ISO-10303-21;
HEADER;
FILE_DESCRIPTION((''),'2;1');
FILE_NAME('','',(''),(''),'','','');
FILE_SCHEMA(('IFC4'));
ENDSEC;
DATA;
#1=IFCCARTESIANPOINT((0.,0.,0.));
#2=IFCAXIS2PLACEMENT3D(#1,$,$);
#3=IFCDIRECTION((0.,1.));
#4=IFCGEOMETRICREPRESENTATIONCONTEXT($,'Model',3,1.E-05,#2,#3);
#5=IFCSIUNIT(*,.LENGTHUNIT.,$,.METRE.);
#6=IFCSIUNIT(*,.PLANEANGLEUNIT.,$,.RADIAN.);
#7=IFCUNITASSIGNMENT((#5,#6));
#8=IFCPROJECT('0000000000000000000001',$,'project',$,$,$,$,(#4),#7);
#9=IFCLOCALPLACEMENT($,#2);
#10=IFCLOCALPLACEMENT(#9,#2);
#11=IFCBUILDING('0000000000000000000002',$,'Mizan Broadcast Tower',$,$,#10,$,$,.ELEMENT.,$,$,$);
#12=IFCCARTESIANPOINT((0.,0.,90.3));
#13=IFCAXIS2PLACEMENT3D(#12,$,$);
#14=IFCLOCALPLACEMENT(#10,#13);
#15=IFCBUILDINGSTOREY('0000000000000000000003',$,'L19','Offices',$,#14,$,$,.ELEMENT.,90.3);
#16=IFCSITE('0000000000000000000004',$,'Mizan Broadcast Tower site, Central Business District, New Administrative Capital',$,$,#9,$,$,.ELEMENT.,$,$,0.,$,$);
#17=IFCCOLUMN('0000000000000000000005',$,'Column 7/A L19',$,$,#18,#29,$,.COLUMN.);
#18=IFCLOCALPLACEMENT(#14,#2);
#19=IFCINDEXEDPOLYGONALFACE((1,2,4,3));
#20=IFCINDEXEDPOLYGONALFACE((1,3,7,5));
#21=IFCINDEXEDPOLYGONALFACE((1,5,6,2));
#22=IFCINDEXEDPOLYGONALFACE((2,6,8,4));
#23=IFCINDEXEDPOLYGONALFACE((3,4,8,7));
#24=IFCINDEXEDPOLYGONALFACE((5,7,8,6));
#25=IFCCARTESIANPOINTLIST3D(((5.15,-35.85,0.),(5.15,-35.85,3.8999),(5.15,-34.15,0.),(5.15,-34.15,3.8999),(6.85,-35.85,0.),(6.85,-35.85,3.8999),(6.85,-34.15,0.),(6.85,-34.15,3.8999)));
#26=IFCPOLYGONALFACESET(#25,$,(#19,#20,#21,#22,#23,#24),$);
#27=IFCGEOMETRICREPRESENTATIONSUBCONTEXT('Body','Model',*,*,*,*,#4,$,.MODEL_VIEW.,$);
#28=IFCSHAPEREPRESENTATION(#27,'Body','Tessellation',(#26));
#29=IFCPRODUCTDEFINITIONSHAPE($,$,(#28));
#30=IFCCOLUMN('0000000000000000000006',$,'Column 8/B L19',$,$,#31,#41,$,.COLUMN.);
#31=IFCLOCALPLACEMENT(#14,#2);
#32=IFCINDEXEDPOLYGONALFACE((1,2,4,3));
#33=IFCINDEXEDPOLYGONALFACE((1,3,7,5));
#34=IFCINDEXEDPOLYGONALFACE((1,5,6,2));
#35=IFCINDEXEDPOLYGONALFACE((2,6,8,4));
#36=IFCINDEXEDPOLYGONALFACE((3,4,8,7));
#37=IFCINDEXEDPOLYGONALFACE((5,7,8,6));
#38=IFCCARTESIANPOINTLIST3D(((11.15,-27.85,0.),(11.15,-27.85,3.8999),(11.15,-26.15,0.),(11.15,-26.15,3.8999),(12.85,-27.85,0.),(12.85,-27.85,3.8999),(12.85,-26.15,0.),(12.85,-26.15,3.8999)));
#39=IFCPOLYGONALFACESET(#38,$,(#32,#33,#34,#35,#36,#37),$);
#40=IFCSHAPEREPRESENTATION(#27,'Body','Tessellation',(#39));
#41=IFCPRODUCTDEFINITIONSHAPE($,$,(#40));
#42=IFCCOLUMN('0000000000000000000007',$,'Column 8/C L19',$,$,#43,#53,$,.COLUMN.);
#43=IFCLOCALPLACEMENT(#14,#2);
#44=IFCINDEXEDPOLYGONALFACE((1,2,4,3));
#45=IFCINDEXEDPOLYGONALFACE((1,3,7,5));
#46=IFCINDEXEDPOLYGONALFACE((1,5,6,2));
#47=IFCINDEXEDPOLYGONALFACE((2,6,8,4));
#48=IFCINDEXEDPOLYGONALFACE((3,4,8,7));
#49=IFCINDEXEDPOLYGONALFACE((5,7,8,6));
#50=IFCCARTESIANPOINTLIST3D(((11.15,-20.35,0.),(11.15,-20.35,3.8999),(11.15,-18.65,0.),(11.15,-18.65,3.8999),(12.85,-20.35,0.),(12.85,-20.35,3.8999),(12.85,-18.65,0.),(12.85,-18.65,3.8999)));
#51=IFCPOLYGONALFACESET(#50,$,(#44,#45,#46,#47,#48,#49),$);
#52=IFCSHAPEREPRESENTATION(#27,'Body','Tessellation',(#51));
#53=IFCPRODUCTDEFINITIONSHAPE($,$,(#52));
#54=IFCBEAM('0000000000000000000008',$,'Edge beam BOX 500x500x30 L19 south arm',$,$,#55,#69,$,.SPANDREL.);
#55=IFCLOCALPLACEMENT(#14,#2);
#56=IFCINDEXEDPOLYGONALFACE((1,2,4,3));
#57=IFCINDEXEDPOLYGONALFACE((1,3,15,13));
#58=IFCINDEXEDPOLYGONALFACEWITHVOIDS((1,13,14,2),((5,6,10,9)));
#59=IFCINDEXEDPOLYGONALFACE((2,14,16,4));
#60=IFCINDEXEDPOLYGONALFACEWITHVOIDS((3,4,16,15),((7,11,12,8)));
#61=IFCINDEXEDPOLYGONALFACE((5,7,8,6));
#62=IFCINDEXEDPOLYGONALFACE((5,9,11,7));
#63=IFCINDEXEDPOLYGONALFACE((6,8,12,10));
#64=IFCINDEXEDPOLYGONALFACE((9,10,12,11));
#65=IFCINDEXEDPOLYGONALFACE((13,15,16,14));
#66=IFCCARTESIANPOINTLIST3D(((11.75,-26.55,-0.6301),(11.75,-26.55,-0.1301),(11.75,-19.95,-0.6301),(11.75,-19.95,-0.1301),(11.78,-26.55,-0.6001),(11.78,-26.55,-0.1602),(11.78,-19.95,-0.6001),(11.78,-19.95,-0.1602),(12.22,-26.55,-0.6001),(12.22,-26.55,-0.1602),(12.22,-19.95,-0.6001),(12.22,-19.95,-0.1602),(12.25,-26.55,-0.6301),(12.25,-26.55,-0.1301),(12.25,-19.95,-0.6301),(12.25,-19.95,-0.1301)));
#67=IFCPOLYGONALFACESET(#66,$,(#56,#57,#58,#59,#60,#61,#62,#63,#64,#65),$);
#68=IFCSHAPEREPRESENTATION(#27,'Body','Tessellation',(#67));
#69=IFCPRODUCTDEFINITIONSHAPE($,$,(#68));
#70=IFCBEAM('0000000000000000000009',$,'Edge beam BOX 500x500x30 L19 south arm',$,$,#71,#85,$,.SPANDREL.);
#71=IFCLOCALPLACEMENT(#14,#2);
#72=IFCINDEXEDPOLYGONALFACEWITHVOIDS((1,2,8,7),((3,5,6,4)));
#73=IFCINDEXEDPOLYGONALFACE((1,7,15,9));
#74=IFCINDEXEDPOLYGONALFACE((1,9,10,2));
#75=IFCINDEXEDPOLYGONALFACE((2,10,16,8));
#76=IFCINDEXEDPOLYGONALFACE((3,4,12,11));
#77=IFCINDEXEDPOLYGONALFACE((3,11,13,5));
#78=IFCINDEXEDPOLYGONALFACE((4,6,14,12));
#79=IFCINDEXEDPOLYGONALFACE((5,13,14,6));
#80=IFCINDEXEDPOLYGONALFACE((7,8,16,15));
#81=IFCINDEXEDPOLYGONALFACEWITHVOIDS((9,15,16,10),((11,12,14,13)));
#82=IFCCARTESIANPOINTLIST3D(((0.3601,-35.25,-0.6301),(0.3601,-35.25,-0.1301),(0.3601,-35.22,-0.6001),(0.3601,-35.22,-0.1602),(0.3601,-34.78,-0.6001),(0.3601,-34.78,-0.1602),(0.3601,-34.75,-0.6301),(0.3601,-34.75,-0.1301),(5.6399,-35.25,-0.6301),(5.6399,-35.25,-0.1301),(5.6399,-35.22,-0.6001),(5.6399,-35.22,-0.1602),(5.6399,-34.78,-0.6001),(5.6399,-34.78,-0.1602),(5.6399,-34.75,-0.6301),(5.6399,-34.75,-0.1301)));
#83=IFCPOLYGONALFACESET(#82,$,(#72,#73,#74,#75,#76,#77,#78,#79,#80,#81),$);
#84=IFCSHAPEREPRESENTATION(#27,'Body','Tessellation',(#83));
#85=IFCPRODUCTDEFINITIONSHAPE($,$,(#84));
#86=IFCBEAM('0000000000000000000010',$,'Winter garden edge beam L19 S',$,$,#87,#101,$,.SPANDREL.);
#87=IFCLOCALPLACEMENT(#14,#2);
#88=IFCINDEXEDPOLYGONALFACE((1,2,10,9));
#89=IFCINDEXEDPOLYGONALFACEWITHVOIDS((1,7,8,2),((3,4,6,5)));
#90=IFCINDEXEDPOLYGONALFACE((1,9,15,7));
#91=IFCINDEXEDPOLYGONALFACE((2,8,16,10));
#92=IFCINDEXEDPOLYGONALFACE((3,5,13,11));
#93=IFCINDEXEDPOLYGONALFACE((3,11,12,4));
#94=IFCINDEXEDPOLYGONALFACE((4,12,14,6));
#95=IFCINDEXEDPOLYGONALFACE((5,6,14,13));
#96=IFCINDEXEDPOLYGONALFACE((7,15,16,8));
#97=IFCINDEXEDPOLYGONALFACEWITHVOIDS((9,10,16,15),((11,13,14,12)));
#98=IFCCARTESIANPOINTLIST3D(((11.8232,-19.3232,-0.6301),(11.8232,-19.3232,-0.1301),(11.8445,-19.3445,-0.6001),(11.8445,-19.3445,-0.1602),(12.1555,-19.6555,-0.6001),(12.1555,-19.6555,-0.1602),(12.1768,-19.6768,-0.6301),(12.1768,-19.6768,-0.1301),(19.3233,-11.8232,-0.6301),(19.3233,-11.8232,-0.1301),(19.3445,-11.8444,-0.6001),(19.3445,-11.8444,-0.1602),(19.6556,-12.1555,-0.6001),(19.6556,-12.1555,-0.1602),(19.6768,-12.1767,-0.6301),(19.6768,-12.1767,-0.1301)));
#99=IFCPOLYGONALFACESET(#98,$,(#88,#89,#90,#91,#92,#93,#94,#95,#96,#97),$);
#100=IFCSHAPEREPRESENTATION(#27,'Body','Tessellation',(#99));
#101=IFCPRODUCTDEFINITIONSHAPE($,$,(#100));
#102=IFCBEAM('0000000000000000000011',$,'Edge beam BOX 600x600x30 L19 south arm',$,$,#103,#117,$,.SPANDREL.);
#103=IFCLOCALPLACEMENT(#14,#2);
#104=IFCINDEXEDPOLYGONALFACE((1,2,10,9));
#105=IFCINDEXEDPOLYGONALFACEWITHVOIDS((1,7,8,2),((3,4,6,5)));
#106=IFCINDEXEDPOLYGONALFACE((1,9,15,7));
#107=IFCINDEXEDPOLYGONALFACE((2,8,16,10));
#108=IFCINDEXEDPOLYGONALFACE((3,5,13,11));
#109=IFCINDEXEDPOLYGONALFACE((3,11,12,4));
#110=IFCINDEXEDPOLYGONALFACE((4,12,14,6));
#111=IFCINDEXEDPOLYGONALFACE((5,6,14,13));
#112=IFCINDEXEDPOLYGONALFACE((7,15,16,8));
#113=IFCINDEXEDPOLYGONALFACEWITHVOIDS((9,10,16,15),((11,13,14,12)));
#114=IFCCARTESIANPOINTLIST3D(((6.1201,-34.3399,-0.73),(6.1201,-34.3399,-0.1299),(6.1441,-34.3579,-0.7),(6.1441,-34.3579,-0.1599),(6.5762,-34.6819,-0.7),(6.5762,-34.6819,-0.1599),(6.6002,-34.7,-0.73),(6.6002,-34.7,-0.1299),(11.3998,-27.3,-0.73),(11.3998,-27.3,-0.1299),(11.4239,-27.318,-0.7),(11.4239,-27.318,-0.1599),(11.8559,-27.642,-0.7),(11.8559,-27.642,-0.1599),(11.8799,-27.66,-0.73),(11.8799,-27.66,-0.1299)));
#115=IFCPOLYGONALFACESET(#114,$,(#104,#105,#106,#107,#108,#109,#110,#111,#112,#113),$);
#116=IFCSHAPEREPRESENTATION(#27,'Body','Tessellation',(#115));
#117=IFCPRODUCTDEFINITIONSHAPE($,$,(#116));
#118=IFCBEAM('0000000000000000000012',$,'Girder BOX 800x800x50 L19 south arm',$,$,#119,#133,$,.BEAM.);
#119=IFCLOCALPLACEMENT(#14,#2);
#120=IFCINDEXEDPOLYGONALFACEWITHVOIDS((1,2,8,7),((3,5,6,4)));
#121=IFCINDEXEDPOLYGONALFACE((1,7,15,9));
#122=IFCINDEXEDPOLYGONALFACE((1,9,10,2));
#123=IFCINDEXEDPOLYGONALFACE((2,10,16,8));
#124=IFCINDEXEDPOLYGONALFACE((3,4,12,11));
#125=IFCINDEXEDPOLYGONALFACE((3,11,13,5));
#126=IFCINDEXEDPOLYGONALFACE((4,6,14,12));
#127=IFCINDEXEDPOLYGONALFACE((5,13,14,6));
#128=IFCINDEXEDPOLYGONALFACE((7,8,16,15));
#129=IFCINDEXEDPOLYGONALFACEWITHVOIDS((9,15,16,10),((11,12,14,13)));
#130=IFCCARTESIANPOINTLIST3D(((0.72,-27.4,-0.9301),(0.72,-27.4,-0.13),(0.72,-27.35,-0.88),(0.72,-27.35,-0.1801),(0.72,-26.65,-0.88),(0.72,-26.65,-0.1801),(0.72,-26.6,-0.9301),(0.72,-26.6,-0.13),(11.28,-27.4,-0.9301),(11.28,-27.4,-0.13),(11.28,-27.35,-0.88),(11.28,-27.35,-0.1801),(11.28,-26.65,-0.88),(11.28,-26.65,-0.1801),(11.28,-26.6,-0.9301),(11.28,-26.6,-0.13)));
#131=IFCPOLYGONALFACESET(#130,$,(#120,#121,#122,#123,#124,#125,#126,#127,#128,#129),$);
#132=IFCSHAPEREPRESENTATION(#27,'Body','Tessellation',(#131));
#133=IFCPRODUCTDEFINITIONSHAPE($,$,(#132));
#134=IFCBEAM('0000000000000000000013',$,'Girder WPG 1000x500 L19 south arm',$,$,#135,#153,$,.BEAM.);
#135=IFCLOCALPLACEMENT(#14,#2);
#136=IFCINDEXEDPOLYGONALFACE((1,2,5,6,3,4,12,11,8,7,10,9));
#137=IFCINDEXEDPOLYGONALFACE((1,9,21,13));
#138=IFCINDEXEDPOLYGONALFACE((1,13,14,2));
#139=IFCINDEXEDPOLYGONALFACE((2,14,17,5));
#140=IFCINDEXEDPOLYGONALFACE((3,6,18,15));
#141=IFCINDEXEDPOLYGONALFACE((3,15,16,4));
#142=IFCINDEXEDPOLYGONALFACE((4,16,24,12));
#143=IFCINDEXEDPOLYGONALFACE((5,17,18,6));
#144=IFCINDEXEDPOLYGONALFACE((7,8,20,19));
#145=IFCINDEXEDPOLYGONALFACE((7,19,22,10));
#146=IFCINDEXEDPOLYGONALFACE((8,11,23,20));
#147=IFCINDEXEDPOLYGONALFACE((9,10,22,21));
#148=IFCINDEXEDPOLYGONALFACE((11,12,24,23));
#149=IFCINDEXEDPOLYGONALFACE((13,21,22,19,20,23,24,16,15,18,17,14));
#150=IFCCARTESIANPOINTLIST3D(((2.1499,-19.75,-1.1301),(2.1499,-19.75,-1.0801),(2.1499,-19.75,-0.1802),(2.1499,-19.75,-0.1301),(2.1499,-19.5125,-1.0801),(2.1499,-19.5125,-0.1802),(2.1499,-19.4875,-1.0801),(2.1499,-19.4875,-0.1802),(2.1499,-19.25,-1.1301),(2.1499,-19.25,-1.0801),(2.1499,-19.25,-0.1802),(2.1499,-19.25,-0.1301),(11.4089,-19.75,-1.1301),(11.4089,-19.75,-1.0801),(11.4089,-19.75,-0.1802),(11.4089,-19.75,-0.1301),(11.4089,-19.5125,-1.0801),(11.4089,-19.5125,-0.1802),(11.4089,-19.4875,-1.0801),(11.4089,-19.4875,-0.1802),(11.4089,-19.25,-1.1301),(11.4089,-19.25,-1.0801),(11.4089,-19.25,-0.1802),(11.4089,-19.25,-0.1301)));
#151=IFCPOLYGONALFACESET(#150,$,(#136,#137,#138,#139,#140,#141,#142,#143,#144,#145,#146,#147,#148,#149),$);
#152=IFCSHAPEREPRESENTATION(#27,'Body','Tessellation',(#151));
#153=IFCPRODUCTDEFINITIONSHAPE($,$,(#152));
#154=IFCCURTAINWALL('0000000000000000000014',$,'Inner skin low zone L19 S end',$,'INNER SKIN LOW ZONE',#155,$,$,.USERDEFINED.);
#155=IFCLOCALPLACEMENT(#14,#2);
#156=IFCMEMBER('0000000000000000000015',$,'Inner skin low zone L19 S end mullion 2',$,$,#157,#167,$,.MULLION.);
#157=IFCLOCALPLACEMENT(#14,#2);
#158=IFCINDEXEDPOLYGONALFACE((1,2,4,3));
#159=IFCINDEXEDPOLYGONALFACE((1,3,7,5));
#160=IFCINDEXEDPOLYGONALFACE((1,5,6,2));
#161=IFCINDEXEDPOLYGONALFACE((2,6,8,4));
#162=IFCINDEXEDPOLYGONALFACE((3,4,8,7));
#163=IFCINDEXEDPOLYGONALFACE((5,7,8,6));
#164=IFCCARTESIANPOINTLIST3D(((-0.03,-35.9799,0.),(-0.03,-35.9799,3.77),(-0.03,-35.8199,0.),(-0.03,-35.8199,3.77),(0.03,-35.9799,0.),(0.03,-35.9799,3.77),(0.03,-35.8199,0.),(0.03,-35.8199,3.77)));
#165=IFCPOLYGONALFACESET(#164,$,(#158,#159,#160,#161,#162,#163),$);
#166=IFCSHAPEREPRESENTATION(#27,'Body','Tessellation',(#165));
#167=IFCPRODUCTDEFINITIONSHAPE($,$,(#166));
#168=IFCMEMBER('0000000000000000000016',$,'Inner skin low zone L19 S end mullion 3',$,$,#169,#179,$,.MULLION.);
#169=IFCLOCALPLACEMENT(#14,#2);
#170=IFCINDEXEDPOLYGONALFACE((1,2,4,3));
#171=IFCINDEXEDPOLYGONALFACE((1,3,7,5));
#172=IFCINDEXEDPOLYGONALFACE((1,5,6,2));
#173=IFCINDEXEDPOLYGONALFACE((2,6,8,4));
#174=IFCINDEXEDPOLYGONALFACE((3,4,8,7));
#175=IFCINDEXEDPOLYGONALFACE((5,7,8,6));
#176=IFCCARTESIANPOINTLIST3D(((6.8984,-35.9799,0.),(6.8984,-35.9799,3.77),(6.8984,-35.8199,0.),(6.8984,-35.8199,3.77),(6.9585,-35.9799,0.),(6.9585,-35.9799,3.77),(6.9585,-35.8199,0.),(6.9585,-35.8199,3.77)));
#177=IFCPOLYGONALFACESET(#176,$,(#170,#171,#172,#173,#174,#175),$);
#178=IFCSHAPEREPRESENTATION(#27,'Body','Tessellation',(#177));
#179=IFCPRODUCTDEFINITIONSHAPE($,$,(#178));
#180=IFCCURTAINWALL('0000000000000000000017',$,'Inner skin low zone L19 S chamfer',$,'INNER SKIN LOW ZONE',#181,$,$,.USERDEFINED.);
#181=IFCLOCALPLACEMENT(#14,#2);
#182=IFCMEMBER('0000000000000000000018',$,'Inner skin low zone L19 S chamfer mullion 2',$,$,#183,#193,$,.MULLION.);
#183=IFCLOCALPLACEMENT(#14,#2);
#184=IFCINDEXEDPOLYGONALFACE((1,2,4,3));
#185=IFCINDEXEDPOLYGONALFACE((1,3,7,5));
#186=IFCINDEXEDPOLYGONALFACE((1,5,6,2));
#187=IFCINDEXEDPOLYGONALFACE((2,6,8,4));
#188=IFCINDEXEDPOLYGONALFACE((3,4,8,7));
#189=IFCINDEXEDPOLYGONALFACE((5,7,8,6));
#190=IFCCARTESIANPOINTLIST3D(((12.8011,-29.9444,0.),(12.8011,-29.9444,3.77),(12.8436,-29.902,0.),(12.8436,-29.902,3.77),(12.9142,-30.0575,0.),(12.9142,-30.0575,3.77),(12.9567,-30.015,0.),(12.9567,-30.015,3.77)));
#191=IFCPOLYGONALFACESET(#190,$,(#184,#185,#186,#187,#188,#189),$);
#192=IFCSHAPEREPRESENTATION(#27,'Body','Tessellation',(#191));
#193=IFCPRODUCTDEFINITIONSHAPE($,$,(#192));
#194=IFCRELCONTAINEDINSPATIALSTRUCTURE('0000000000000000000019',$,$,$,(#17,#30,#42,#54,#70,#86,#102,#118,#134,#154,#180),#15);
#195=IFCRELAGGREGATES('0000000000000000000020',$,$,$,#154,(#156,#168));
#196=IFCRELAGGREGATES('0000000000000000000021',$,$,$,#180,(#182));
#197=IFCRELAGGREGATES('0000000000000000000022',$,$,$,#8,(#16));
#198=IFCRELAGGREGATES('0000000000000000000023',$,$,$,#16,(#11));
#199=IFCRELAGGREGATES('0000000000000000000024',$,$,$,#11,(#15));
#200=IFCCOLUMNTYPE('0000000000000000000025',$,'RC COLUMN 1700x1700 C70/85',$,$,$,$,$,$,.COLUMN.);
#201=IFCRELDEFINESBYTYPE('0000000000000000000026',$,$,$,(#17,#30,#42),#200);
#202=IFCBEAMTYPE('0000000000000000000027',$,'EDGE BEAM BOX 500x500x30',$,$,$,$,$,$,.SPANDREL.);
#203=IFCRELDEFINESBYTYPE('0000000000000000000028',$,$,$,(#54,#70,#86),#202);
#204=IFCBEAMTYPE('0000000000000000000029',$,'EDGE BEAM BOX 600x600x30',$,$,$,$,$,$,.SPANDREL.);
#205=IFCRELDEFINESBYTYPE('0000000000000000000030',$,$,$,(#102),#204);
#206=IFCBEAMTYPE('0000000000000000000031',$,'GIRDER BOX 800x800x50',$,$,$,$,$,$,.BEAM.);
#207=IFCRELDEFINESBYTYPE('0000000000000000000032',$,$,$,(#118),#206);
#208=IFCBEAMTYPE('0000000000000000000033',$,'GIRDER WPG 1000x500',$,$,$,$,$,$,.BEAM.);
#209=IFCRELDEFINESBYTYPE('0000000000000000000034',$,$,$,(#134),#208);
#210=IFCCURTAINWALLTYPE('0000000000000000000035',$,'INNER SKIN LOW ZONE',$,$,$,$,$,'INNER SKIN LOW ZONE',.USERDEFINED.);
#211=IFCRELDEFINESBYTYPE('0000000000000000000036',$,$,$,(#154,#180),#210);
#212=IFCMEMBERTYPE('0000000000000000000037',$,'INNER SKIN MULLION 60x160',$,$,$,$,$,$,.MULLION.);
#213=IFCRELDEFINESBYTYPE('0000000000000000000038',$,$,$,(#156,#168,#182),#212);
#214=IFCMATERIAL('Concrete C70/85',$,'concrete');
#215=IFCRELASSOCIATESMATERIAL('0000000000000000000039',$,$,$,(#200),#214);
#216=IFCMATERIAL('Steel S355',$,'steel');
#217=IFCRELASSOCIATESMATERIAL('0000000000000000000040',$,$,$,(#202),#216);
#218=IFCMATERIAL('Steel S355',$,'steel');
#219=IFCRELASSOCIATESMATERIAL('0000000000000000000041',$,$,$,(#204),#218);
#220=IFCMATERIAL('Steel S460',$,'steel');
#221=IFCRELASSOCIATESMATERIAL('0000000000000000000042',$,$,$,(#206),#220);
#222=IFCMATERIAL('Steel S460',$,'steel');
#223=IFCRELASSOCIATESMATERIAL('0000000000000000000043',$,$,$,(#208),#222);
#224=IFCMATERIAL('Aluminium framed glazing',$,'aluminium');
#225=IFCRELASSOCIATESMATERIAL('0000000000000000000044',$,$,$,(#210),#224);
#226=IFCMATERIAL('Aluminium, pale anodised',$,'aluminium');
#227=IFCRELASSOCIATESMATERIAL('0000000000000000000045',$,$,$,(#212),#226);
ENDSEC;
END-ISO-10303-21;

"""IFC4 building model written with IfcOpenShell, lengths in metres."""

from ifc_helpers import new_model, si_unit, direction, frame, origin, origin_2d, place, context, subcontext, project, spatial, rectangle, hollow_rectangle, i_section, extrude, material, material_profile, profile_set, type_object, element, aggregate, save


model = new_model("IFC4")

# Units and contexts
model_context = context("Model", 3, precision=1e-05, world=origin(), true_north=direction((0.0, 1.0)))
body_context = subcontext(model_context, "Body", "Model", "MODEL_VIEW")
ifc_project = project(units=[si_unit("LENGTHUNIT", "METRE"), si_unit("PLANEANGLEUNIT", "RADIAN")], contexts=[model_context])

# Site, building, storey
site_placement = place(None, origin())
site = spatial("IfcSite", under=ifc_project, at=site_placement, Name="Mizan Broadcast Tower site, Central Business District, New Administrative Capital", CompositionType="ELEMENT", RefElevation=0.0)
building_placement = place(site_placement, origin())
building = spatial("IfcBuilding", under=site, at=building_placement, Name="Mizan Broadcast Tower", CompositionType="ELEMENT")
storey_placement = place(building_placement, frame((0.0, 0.0, 90.3)))
storey = spatial("IfcBuildingStorey", under=building, at=storey_placement, Name="L19", Description="Offices", CompositionType="ELEMENT", Elevation=90.3)

# Columns
ifc_material_1 = material(Name="Concrete C70/85", Category="concrete")
ifc_material_profile_1 = material_profile(ifc_material_1, rectangle(XDim=1.7, YDim=1.7, at=origin_2d()), Name="RC 1700x1700")
ifc_profile_set_1 = profile_set([ifc_material_profile_1], Name="Concrete C70/85")
column_type = type_object("IfcColumnType", Name="RC COLUMN 1700x1700 C70/85", PredefinedType="COLUMN", material=ifc_profile_set_1)
for number, where, z_axis, x_axis, name in (
    (1, (6.0, -35.0, 0.0), (0.0, 0.0, 1.0), (1.0, 0.0, 0.0), "Column 7/A L19"),
    (2, (12.0, -27.0, 0.0), (0.0, 0.0, 1.0), (1.0, 0.0, 0.0), "Column 8/B L19"),
    (3, (12.0, -19.5, 0.0), (0.0, 0.0, 1.0), (1.0, 0.0, 0.0), "Column 8/C L19"),
):
    element("IfcColumn", number, at=place(storey_placement, frame(where, z_axis=z_axis, x_axis=x_axis)), inside=storey, type_object=column_type, Name=name, PredefinedType="COLUMN", context=body_context, shape_type="SweptSolid", body=[
        extrude(rectangle(XDim=1.7, YDim=1.7, at=origin_2d()), origin(), (0.0, 0.0, 1.0), 3.8999),
    ])

# Beams
ifc_material_2 = material(Name="Steel S355", Category="steel")
ifc_material_profile_2 = material_profile(ifc_material_2, hollow_rectangle(XDim=0.5, YDim=0.5, WallThickness=0.03, at=origin_2d()), Name="BOX 500x500x30")
ifc_profile_set_2 = profile_set([ifc_material_profile_2], Name="Steel S355")
beam_type_1 = type_object("IfcBeamType", Name="EDGE BEAM BOX 500x500x30", PredefinedType="SPANDREL", material=ifc_profile_set_2)
beam_1_placement = place(storey_placement, frame((12.0, -19.95, -0.3801), z_axis=(0.0, -1.0, 0.0), x_axis=(1.0, 0.0, 0.0)))
element("IfcBeam", 4, at=beam_1_placement, inside=storey, type_object=beam_type_1, Name="Edge beam BOX 500x500x30 L19 south arm", PredefinedType="SPANDREL", context=body_context, shape_type="SweptSolid", body=[
    extrude(hollow_rectangle(XDim=0.5, YDim=0.5, WallThickness=0.03, at=origin_2d()), origin(), (0.0, 0.0, 1.0), 6.6001),
])
beam_2_placement = place(storey_placement, frame((5.6399, -35.0, -0.3801), z_axis=(-1.0, 0.0, 0.0), x_axis=(0.0, -1.0, 0.0)))
element("IfcBeam", 5, at=beam_2_placement, inside=storey, type_object=beam_type_1, Name="Edge beam BOX 500x500x30 L19 south arm", PredefinedType="SPANDREL", context=body_context, shape_type="SweptSolid", body=[
    extrude(hollow_rectangle(XDim=0.5, YDim=0.5, WallThickness=0.03, at=origin_2d()), origin(), (0.0, 0.0, 1.0), 5.2798),
])
beam_3_placement = place(storey_placement, frame((12.0, -19.5, -0.3801), z_axis=(0.707107, 0.707107, 0.0), x_axis=(-0.707107, 0.707107, 0.0)))
element("IfcBeam", 6, at=beam_3_placement, inside=storey, type_object=beam_type_1, Name="Winter garden edge beam L19 S", PredefinedType="SPANDREL", context=body_context, shape_type="SweptSolid", body=[
    extrude(hollow_rectangle(XDim=0.5, YDim=0.5, WallThickness=0.03, at=origin_2d()), origin(), (0.0, 0.0, 1.0), 10.6067),
])
ifc_material_3 = material(Name="Steel S355", Category="steel")
ifc_material_profile_3 = material_profile(ifc_material_3, hollow_rectangle(XDim=0.6001, YDim=0.6001, WallThickness=0.03, at=origin_2d()), Name="BOX 600x600x30")
ifc_profile_set_3 = profile_set([ifc_material_profile_3], Name="Steel S355")
beam_type_2 = type_object("IfcBeamType", Name="EDGE BEAM BOX 600x600x30", PredefinedType="SPANDREL", material=ifc_profile_set_3)
beam_4_placement = place(storey_placement, frame((11.6399, -27.48, -0.4299), z_axis=(-0.599982, -0.800013, 0.0), x_axis=(0.800013, -0.599982, 0.0)))
element("IfcBeam", 7, at=beam_4_placement, inside=storey, type_object=beam_type_2, Name="Edge beam BOX 600x600x30 L19 south arm", PredefinedType="SPANDREL", context=body_context, shape_type="SweptSolid", body=[
    extrude(hollow_rectangle(XDim=0.6001, YDim=0.6001, WallThickness=0.03, at=origin_2d()), origin(), (0.0, 0.0, 1.0), 8.7998),
])
ifc_material_4 = material(Name="Steel S460", Category="steel")
ifc_material_profile_4 = material_profile(ifc_material_4, hollow_rectangle(XDim=0.8, YDim=0.8, WallThickness=0.05, at=origin_2d()), Name="BOX 800x800x50")
ifc_profile_set_4 = profile_set([ifc_material_profile_4], Name="Steel S460")
beam_type_3 = type_object("IfcBeamType", Name="GIRDER BOX 800x800x50", PredefinedType="BEAM", material=ifc_profile_set_4)
beam_5_placement = place(storey_placement, frame((11.28, -27.0, -0.53), z_axis=(-1.0, 0.0, 0.0), x_axis=(0.0, -1.0, 0.0)))
element("IfcBeam", 8, at=beam_5_placement, inside=storey, type_object=beam_type_3, Name="Girder BOX 800x800x50 L19 south arm", PredefinedType="BEAM", context=body_context, shape_type="SweptSolid", body=[
    extrude(hollow_rectangle(XDim=0.8, YDim=0.8, WallThickness=0.05, at=origin_2d()), origin(), (0.0, 0.0, 1.0), 10.5601),
])
ifc_material_5 = material(Name="Steel S460", Category="steel")
ifc_material_profile_5 = material_profile(ifc_material_5, i_section(OverallWidth=0.5, OverallDepth=1.0, WebThickness=0.0249, FlangeThickness=0.05, at=origin_2d()), Name="WPG 1000x500")
ifc_profile_set_5 = profile_set([ifc_material_profile_5], Name="Steel S460")
beam_type_4 = type_object("IfcBeamType", Name="GIRDER WPG 1000x500", PredefinedType="BEAM", material=ifc_profile_set_5)
beam_6_placement = place(storey_placement, frame((11.4089, -19.5, -0.6301), z_axis=(-1.0, 0.0, 0.0), x_axis=(0.0, -1.0, 0.0)))
element("IfcBeam", 9, at=beam_6_placement, inside=storey, type_object=beam_type_4, Name="Girder WPG 1000x500 L19 south arm", PredefinedType="BEAM", context=body_context, shape_type="SweptSolid", body=[
    extrude(i_section(OverallWidth=0.5, OverallDepth=1.0, WebThickness=0.0249, FlangeThickness=0.05, at=origin_2d()), origin(), (0.0, 0.0, 1.0), 9.259),
])

# Curtain wall, members
ifc_material_6 = material(Name="Aluminium framed glazing", Category="aluminium")
curtain_wall_type_1 = type_object("IfcCurtainWallType", Name="INNER SKIN LOW ZONE", ElementType="INNER SKIN LOW ZONE", PredefinedType="USERDEFINED", material=ifc_material_6)
curtain_wall_1_placement = place(storey_placement, origin())
curtain_wall_1 = element("IfcCurtainWall", 10, at=curtain_wall_1_placement, inside=storey, type_object=curtain_wall_type_1, Name="Inner skin low zone L19 S end", ObjectType="INNER SKIN LOW ZONE", PredefinedType="USERDEFINED")
ifc_material_7 = material(Name="Aluminium, pale anodised", Category="aluminium")
ifc_material_profile_6 = material_profile(ifc_material_7, rectangle(XDim=0.1599, YDim=0.0601, at=origin_2d()), Name="MULLION 160x60")
ifc_profile_set_6 = profile_set([ifc_material_profile_6], Name="Aluminium, pale anodised")
member_type_1 = type_object("IfcMemberType", Name="INNER SKIN MULLION 60x160", PredefinedType="MULLION", material=ifc_profile_set_6)
member_1_placement = place(storey_placement, frame((0.0, -35.8999, 0.0), z_axis=(0.0, 0.0, 1.0), x_axis=(0.0, 1.0, 0.0)))
member_1 = element("IfcMember", 11, at=member_1_placement, type_object=member_type_1, Name="Inner skin low zone L19 S end mullion 2", PredefinedType="MULLION", context=body_context, shape_type="SweptSolid", body=[
    extrude(rectangle(XDim=0.1599, YDim=0.0601, at=origin_2d()), origin(), (0.0, 0.0, 1.0), 3.77),
])
member_2_placement = place(storey_placement, frame((6.9285, -35.8999, 0.0), z_axis=(0.0, 0.0, 1.0), x_axis=(0.0, 1.0, 0.0)))
member_2 = element("IfcMember", 12, at=member_2_placement, type_object=member_type_1, Name="Inner skin low zone L19 S end mullion 3", PredefinedType="MULLION", context=body_context, shape_type="SweptSolid", body=[
    extrude(rectangle(XDim=0.1599, YDim=0.0601, at=origin_2d()), origin(), (0.0, 0.0, 1.0), 3.77),
])

# Curtain wall, member
curtain_wall_2_placement = place(storey_placement, origin())
curtain_wall_2 = element("IfcCurtainWall", 13, at=curtain_wall_2_placement, inside=storey, type_object=curtain_wall_type_1, Name="Inner skin low zone L19 S chamfer", ObjectType="INNER SKIN LOW ZONE", PredefinedType="USERDEFINED")
member_3_placement = place(storey_placement, frame((12.8789, -29.9797, 0.0), z_axis=(0.0, 0.0, 1.0), x_axis=(-0.707107, 0.707107, 0.0)))
member_3 = element("IfcMember", 14, at=member_3_placement, type_object=member_type_1, Name="Inner skin low zone L19 S chamfer mullion 2", PredefinedType="MULLION", context=body_context, shape_type="SweptSolid", body=[
    extrude(rectangle(XDim=0.1599, YDim=0.0601, at=origin_2d()), origin(), (0.0, 0.0, 1.0), 3.77),
])

aggregate(curtain_wall_1, [member_1, member_2])
aggregate(curtain_wall_2, [member_3])

save(model, "model.ifc")
